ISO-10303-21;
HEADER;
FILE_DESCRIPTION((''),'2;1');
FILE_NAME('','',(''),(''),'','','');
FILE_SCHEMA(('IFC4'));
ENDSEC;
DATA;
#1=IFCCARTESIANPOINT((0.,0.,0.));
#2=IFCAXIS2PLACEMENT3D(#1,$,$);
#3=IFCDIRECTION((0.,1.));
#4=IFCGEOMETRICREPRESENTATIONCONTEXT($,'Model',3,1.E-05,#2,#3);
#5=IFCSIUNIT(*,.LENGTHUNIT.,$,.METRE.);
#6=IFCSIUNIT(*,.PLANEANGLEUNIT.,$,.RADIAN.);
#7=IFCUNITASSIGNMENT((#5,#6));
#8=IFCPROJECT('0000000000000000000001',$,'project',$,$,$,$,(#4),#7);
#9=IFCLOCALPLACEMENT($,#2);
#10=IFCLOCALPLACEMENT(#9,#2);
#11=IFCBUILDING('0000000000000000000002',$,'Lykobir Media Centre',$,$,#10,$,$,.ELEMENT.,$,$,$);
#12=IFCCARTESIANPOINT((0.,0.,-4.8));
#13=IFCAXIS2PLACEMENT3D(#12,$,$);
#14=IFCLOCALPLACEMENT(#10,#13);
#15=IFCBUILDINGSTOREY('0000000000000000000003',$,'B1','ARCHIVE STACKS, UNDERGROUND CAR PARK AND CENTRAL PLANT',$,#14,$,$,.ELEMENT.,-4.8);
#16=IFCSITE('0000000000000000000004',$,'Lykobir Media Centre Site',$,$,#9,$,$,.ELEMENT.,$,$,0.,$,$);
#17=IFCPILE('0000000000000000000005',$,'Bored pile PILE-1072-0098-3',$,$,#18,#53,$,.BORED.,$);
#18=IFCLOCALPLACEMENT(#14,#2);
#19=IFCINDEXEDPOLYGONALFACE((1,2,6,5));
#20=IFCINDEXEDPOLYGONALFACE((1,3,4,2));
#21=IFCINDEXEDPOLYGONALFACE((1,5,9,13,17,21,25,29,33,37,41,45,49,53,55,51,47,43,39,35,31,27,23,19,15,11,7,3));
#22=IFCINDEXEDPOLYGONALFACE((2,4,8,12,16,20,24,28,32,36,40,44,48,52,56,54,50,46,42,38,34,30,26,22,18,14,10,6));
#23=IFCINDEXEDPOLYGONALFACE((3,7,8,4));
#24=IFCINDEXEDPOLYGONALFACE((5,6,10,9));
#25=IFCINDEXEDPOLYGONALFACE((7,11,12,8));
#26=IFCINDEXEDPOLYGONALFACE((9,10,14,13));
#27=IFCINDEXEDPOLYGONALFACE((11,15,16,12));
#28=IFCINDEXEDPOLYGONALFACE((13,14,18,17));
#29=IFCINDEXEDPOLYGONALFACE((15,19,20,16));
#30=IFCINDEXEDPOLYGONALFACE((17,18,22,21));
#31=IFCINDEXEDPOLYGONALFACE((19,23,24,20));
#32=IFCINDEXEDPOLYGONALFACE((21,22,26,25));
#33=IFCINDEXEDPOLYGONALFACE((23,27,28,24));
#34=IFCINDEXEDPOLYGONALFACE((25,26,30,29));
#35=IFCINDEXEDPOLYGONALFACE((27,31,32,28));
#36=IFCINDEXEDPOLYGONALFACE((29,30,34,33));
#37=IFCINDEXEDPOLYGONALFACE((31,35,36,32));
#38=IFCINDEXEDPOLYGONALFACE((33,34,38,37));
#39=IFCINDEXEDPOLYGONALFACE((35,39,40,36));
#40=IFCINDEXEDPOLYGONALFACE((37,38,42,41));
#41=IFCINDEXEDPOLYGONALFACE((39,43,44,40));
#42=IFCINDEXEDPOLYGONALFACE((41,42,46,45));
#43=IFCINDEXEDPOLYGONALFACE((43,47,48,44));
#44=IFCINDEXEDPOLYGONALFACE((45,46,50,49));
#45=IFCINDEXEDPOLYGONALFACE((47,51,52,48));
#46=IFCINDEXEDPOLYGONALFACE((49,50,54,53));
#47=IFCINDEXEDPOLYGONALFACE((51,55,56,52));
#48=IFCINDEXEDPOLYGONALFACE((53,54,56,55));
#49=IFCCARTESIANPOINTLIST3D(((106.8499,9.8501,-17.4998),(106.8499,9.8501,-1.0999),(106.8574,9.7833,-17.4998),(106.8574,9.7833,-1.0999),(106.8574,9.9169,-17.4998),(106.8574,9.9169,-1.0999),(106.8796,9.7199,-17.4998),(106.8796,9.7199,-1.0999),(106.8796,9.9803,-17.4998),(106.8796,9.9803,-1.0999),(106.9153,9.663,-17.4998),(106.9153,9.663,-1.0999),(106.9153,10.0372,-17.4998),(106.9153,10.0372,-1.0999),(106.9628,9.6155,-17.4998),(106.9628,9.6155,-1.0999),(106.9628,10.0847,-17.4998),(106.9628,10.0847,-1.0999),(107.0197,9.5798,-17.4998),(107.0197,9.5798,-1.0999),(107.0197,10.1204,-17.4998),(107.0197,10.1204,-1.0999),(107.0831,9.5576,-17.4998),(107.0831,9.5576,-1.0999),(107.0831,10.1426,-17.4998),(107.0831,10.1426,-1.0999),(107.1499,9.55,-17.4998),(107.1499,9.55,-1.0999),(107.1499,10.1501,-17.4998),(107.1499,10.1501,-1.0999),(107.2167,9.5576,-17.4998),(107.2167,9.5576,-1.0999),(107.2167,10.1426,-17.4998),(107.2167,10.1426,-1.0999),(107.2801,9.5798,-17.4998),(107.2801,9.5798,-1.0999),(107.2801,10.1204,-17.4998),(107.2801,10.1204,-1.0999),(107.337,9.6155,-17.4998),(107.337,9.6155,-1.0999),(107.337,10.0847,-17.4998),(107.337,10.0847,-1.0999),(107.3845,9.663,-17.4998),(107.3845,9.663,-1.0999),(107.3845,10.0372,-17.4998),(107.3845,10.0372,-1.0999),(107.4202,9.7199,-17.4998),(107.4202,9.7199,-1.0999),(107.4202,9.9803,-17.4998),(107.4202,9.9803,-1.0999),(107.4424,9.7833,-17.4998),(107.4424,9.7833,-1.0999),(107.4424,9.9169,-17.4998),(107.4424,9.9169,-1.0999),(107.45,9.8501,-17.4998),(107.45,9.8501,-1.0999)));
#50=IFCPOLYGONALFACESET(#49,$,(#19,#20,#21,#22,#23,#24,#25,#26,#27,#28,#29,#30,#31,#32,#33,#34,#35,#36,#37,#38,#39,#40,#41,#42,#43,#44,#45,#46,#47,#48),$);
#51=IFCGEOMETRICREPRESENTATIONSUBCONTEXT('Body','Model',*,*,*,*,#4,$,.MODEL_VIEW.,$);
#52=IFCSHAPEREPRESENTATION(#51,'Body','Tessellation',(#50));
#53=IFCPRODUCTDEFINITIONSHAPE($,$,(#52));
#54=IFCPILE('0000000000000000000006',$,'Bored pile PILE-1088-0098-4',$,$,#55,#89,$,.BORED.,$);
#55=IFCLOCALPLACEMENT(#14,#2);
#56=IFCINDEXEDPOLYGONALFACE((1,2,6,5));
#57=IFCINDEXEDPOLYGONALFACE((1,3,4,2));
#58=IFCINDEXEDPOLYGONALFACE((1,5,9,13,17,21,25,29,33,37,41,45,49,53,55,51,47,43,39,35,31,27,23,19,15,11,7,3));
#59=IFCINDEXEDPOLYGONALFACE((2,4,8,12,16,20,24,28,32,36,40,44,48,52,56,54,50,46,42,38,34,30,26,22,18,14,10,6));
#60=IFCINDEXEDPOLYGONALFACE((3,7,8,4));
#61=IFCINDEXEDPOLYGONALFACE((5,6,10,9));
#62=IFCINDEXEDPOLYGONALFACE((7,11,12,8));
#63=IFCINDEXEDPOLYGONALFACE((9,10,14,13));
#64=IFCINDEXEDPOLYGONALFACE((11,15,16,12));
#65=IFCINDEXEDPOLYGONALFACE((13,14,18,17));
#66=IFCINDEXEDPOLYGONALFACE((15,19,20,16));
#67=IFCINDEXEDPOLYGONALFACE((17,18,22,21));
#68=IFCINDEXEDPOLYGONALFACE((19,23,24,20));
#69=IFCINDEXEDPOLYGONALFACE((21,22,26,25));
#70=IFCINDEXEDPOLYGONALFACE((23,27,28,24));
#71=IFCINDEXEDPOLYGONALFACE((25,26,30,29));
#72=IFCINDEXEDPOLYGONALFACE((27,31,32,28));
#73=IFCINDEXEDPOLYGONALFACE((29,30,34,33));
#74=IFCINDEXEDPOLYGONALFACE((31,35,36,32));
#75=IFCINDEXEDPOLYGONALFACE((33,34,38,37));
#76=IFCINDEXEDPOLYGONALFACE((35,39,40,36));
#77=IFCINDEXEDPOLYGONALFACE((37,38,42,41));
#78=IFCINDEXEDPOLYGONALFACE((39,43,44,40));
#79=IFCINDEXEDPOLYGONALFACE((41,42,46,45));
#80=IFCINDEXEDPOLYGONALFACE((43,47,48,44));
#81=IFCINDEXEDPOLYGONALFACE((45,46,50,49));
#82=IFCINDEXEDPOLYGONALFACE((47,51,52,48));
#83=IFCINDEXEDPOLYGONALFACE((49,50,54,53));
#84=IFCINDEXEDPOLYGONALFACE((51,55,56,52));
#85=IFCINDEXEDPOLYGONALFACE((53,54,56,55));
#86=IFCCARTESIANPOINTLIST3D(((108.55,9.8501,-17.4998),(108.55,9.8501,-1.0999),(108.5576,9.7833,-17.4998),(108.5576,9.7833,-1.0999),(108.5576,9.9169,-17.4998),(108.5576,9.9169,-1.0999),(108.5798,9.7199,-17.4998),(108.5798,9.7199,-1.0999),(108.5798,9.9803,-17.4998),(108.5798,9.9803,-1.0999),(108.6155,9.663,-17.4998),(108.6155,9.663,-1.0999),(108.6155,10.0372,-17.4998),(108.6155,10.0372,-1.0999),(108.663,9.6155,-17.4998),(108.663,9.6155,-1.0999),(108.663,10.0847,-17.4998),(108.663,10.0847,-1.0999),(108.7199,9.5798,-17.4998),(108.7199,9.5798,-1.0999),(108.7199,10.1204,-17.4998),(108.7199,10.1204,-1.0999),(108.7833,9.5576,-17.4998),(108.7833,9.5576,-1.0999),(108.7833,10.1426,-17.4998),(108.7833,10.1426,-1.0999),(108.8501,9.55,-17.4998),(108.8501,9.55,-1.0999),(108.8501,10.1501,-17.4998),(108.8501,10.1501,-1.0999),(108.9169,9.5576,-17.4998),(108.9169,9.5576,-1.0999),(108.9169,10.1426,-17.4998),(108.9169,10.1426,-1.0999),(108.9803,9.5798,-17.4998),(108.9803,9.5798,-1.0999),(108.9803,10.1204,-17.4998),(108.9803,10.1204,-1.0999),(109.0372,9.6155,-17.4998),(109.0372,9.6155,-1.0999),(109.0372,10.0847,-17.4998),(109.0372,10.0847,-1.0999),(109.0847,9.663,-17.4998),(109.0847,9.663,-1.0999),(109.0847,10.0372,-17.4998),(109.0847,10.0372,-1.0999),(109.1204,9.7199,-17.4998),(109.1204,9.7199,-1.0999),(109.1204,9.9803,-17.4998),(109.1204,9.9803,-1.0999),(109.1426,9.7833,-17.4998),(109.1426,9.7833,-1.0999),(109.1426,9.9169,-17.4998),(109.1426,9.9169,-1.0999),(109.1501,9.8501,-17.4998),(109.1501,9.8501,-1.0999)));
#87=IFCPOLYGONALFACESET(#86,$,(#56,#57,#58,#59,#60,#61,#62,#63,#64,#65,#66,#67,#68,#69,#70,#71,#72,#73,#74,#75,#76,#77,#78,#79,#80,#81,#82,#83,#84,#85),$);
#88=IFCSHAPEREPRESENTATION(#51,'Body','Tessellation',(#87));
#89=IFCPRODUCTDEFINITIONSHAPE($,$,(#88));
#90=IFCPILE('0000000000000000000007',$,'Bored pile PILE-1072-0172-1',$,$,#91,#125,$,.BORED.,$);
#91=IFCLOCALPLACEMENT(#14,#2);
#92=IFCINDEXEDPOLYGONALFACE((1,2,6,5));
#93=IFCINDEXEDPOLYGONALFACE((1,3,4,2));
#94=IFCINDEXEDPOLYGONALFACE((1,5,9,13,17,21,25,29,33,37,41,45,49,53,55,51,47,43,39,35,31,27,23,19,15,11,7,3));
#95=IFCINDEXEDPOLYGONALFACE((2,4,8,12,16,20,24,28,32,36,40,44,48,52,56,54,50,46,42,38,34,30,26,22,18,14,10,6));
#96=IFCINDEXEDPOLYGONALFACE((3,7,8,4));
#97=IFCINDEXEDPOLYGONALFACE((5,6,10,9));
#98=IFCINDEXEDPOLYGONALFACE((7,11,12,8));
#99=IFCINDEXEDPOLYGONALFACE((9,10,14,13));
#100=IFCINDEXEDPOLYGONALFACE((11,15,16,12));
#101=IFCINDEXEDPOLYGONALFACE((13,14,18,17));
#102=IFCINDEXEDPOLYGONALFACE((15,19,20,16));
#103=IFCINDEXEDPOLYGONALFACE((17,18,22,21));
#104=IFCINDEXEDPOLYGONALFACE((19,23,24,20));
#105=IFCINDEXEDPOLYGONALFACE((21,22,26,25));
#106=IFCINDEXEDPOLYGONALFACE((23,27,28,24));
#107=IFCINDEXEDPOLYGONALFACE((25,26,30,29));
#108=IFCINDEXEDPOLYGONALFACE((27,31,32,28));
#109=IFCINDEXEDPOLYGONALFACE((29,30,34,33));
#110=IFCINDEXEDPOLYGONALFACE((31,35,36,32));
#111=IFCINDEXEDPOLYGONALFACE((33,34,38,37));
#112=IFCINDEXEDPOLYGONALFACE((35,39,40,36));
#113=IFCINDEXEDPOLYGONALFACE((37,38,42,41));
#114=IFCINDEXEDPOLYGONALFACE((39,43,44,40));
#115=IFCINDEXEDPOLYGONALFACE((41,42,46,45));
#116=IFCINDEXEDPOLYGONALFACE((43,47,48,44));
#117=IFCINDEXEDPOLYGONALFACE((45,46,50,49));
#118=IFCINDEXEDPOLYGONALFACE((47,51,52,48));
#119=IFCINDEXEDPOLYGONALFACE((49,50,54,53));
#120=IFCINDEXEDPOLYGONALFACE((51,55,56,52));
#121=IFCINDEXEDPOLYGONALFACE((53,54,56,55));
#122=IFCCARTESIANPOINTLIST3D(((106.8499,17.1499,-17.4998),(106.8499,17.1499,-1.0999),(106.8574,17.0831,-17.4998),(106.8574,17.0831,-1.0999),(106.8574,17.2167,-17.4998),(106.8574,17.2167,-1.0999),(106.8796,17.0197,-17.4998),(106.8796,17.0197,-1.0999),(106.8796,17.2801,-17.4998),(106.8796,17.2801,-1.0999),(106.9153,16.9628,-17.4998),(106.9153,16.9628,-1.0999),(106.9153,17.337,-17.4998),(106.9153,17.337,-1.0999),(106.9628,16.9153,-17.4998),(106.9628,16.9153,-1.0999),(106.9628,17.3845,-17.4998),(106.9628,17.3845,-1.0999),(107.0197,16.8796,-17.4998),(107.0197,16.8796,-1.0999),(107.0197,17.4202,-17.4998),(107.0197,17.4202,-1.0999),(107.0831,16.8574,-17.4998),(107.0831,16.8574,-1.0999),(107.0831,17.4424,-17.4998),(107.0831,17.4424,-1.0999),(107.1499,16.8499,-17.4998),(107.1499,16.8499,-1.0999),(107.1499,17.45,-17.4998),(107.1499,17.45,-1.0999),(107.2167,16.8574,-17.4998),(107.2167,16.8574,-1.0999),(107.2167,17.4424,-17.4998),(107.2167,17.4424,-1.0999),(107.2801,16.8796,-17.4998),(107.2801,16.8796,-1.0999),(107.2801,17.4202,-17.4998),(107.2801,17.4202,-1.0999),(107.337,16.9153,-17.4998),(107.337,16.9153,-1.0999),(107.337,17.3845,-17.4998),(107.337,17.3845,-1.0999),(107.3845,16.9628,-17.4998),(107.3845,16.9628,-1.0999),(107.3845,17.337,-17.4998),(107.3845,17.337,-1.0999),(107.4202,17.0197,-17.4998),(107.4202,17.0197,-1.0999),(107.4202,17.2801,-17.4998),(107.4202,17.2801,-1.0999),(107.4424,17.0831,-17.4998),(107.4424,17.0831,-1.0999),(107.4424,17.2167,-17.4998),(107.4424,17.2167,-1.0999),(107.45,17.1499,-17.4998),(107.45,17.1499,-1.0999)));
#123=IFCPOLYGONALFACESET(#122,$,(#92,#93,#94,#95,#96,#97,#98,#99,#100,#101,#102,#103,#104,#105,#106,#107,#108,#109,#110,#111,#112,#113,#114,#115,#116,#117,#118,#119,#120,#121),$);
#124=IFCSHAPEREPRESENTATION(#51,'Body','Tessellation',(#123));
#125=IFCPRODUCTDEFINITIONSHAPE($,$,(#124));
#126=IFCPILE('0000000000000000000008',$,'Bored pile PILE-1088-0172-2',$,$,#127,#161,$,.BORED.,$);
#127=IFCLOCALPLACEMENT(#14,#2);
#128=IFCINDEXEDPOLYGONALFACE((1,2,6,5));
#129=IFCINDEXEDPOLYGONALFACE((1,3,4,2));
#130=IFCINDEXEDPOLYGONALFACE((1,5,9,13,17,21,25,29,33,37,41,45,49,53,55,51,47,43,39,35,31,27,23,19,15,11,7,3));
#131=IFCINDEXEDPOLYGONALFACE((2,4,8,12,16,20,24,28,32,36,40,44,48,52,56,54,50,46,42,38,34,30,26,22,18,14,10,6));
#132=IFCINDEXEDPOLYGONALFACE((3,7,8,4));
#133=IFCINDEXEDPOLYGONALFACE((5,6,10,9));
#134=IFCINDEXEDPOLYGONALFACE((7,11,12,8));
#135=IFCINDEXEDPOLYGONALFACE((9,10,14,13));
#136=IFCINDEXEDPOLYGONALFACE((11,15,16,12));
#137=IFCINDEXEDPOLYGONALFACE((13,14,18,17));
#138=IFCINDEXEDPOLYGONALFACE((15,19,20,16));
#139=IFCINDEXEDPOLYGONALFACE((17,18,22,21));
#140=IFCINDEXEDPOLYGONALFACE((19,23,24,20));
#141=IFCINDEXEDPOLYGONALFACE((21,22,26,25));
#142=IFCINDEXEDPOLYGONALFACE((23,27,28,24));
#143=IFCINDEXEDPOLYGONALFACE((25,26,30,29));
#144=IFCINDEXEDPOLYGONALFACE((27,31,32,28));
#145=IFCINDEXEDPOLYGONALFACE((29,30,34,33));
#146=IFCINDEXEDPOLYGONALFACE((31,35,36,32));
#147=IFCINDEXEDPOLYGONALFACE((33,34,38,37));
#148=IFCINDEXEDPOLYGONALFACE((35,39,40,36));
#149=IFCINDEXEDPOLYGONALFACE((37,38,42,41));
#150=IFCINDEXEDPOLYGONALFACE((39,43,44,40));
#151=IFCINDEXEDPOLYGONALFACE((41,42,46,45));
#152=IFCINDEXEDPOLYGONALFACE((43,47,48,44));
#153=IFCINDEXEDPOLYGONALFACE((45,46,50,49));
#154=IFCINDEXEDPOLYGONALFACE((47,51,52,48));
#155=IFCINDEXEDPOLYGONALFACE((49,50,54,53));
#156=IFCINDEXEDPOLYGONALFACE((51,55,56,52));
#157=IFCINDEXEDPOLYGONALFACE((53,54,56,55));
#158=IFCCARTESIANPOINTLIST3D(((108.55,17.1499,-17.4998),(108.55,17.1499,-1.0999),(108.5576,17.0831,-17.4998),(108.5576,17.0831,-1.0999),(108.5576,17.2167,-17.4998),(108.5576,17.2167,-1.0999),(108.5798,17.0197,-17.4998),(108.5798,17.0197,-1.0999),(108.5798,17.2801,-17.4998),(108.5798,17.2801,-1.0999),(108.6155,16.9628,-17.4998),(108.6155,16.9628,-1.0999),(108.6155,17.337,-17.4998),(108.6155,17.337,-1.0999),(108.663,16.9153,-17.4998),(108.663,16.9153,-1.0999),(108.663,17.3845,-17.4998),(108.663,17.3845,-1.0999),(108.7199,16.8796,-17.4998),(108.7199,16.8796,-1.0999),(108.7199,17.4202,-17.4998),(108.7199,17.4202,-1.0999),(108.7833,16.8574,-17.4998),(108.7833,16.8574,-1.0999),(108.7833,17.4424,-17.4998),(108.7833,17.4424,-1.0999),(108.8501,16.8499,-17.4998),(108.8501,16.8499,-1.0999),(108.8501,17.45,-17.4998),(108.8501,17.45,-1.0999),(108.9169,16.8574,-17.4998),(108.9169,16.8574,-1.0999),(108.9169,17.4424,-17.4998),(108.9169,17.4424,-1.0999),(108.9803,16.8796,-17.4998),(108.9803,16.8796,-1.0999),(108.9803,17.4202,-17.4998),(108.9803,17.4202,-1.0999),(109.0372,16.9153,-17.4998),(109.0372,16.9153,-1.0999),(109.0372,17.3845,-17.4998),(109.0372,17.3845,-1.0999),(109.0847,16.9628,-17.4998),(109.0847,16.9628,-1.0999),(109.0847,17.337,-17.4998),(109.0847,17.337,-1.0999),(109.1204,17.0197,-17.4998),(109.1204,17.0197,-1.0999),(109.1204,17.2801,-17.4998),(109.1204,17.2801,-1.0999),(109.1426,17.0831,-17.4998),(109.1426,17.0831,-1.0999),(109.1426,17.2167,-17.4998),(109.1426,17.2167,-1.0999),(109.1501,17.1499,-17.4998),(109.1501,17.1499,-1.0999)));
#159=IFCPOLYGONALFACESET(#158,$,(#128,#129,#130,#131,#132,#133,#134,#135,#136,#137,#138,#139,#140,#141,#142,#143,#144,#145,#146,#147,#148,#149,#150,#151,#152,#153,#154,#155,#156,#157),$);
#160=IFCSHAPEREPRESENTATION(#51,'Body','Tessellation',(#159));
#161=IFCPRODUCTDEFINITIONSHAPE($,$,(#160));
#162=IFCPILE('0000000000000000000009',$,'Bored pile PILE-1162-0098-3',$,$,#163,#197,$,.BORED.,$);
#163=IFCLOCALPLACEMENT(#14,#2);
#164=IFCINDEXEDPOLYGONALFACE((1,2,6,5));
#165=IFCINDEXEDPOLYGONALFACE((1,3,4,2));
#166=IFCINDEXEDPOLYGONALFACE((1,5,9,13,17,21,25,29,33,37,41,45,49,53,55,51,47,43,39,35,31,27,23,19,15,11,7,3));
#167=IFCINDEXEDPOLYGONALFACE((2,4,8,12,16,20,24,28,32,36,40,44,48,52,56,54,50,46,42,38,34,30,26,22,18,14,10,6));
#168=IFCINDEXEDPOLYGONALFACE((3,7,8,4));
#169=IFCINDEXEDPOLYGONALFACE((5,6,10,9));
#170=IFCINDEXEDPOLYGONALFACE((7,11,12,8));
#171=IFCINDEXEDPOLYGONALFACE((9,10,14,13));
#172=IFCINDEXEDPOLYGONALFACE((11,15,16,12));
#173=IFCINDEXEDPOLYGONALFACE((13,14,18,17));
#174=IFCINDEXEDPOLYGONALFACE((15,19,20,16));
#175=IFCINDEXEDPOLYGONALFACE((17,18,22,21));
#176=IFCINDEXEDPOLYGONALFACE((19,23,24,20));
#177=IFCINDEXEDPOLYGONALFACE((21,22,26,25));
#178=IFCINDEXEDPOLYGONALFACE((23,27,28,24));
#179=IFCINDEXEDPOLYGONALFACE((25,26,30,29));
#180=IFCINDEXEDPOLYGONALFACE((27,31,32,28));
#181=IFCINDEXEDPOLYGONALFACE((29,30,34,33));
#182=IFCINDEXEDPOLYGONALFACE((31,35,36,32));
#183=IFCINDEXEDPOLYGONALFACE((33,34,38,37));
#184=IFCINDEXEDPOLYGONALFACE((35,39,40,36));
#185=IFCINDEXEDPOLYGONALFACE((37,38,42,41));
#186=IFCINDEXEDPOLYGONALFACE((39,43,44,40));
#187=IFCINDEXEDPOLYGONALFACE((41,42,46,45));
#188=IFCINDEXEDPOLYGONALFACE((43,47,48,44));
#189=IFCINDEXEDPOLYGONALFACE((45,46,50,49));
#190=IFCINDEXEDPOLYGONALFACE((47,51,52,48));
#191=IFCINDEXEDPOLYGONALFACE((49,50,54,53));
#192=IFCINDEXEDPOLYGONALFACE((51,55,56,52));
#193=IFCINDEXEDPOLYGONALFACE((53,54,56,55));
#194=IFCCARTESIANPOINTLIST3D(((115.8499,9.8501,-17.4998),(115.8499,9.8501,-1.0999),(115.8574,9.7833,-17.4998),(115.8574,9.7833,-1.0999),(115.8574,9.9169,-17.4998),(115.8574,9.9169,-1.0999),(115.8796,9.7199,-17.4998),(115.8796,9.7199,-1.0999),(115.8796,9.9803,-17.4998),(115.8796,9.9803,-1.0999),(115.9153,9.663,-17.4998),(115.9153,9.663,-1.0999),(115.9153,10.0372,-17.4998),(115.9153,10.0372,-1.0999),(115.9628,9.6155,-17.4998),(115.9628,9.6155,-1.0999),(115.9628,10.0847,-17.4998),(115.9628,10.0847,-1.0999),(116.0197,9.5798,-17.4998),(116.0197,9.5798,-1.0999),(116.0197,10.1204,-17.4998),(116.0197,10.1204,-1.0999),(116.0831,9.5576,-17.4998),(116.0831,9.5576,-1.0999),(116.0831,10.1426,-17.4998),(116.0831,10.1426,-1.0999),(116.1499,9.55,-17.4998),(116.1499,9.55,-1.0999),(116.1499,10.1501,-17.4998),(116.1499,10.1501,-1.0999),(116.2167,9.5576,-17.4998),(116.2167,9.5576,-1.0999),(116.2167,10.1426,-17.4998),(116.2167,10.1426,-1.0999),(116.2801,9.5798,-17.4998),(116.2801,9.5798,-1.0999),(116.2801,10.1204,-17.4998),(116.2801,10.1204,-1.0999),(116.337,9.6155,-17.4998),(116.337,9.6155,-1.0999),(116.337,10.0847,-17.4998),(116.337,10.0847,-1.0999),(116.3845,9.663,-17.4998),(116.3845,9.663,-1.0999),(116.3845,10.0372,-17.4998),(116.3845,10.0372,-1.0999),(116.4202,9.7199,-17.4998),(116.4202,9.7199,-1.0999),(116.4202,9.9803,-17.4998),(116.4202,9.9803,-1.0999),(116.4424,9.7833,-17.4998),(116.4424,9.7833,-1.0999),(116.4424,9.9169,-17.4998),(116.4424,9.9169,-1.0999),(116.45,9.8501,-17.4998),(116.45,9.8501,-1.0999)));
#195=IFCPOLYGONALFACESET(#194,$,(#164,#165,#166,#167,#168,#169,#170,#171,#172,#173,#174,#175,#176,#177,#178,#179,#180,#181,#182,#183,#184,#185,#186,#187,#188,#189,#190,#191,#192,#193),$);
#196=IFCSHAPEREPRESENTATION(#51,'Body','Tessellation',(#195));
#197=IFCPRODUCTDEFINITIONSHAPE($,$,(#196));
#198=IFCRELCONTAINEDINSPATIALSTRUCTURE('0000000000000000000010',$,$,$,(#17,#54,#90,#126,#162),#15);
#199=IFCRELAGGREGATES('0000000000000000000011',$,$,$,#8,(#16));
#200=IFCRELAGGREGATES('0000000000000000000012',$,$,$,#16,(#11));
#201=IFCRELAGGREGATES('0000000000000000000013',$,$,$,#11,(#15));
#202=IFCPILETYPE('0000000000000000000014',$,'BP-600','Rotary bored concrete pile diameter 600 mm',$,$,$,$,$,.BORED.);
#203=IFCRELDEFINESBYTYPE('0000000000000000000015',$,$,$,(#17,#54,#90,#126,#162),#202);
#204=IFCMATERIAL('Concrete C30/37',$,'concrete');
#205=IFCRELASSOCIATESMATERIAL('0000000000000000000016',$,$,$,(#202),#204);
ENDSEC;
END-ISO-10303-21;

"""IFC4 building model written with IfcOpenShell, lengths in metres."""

from ifc_helpers import new_model, si_unit, direction, frame, origin, origin_2d, place, context, subcontext, project, spatial, circle, extrude, material, material_profile, profile_set, type_object, element, save


model = new_model("IFC4")

# Units and contexts
model_context = context("Model", 3, precision=1e-05, world=origin(), true_north=direction((0.0, 1.0)))
body_context = subcontext(model_context, "Body", "Model", "MODEL_VIEW")
ifc_project = project(units=[si_unit("LENGTHUNIT", "METRE"), si_unit("PLANEANGLEUNIT", "RADIAN")], contexts=[model_context])

# Site, building, storey
site_placement = place(None, origin())
site = spatial("IfcSite", under=ifc_project, at=site_placement, Name="Lykobir Media Centre Site", CompositionType="ELEMENT", RefElevation=0.0)
building_placement = place(site_placement, origin())
building = spatial("IfcBuilding", under=site, at=building_placement, Name="Lykobir Media Centre", CompositionType="ELEMENT")
storey_placement = place(building_placement, frame((0.0, 0.0, -4.8)))
storey = spatial("IfcBuildingStorey", under=building, at=storey_placement, Name="B1", Description="ARCHIVE STACKS, UNDERGROUND CAR PARK AND CENTRAL PLANT", CompositionType="ELEMENT", Elevation=-4.8)

# Piles
ifc_material_1 = material(Name="Concrete C30/37", Category="concrete")
ifc_material_profile_1 = material_profile(ifc_material_1, circle(Radius=0.3, at=origin_2d()), Name="BORED PILE D600")
ifc_profile_set_1 = profile_set([ifc_material_profile_1], Name="Concrete C30/37")
pile_type = type_object("IfcPileType", Name="BP-600", Description="Rotary bored concrete pile diameter 600 mm", PredefinedType="BORED", material=ifc_profile_set_1)
for number, where, z_axis, x_axis, name in (
    (1, (107.1499, 9.8501, -1.0999), (0.0, 0.0, -1.0), (1.0, 0.0, 0.0), "Bored pile PILE-1072-0098-3"),
    (2, (108.8501, 9.8501, -1.0999), (0.0, 0.0, -1.0), (1.0, 0.0, 0.0), "Bored pile PILE-1088-0098-4"),
    (3, (107.1499, 17.1499, -1.0999), (0.0, 0.0, -1.0), (1.0, 0.0, 0.0), "Bored pile PILE-1072-0172-1"),
    (4, (108.8501, 17.1499, -1.0999), (0.0, 0.0, -1.0), (1.0, 0.0, 0.0), "Bored pile PILE-1088-0172-2"),
    (5, (116.1499, 9.8501, -1.0999), (0.0, 0.0, -1.0), (1.0, 0.0, 0.0), "Bored pile PILE-1162-0098-3"),
):
    element("IfcPile", number, at=place(storey_placement, frame(where, z_axis=z_axis, x_axis=x_axis)), inside=storey, type_object=pile_type, Name=name, PredefinedType="BORED", context=body_context, shape_type="SweptSolid", body=[
        extrude(circle(Radius=0.3, at=origin_2d()), origin(), (0.0, 0.0, 1.0), 16.3999),
    ])

save(model, "model.ifc")
